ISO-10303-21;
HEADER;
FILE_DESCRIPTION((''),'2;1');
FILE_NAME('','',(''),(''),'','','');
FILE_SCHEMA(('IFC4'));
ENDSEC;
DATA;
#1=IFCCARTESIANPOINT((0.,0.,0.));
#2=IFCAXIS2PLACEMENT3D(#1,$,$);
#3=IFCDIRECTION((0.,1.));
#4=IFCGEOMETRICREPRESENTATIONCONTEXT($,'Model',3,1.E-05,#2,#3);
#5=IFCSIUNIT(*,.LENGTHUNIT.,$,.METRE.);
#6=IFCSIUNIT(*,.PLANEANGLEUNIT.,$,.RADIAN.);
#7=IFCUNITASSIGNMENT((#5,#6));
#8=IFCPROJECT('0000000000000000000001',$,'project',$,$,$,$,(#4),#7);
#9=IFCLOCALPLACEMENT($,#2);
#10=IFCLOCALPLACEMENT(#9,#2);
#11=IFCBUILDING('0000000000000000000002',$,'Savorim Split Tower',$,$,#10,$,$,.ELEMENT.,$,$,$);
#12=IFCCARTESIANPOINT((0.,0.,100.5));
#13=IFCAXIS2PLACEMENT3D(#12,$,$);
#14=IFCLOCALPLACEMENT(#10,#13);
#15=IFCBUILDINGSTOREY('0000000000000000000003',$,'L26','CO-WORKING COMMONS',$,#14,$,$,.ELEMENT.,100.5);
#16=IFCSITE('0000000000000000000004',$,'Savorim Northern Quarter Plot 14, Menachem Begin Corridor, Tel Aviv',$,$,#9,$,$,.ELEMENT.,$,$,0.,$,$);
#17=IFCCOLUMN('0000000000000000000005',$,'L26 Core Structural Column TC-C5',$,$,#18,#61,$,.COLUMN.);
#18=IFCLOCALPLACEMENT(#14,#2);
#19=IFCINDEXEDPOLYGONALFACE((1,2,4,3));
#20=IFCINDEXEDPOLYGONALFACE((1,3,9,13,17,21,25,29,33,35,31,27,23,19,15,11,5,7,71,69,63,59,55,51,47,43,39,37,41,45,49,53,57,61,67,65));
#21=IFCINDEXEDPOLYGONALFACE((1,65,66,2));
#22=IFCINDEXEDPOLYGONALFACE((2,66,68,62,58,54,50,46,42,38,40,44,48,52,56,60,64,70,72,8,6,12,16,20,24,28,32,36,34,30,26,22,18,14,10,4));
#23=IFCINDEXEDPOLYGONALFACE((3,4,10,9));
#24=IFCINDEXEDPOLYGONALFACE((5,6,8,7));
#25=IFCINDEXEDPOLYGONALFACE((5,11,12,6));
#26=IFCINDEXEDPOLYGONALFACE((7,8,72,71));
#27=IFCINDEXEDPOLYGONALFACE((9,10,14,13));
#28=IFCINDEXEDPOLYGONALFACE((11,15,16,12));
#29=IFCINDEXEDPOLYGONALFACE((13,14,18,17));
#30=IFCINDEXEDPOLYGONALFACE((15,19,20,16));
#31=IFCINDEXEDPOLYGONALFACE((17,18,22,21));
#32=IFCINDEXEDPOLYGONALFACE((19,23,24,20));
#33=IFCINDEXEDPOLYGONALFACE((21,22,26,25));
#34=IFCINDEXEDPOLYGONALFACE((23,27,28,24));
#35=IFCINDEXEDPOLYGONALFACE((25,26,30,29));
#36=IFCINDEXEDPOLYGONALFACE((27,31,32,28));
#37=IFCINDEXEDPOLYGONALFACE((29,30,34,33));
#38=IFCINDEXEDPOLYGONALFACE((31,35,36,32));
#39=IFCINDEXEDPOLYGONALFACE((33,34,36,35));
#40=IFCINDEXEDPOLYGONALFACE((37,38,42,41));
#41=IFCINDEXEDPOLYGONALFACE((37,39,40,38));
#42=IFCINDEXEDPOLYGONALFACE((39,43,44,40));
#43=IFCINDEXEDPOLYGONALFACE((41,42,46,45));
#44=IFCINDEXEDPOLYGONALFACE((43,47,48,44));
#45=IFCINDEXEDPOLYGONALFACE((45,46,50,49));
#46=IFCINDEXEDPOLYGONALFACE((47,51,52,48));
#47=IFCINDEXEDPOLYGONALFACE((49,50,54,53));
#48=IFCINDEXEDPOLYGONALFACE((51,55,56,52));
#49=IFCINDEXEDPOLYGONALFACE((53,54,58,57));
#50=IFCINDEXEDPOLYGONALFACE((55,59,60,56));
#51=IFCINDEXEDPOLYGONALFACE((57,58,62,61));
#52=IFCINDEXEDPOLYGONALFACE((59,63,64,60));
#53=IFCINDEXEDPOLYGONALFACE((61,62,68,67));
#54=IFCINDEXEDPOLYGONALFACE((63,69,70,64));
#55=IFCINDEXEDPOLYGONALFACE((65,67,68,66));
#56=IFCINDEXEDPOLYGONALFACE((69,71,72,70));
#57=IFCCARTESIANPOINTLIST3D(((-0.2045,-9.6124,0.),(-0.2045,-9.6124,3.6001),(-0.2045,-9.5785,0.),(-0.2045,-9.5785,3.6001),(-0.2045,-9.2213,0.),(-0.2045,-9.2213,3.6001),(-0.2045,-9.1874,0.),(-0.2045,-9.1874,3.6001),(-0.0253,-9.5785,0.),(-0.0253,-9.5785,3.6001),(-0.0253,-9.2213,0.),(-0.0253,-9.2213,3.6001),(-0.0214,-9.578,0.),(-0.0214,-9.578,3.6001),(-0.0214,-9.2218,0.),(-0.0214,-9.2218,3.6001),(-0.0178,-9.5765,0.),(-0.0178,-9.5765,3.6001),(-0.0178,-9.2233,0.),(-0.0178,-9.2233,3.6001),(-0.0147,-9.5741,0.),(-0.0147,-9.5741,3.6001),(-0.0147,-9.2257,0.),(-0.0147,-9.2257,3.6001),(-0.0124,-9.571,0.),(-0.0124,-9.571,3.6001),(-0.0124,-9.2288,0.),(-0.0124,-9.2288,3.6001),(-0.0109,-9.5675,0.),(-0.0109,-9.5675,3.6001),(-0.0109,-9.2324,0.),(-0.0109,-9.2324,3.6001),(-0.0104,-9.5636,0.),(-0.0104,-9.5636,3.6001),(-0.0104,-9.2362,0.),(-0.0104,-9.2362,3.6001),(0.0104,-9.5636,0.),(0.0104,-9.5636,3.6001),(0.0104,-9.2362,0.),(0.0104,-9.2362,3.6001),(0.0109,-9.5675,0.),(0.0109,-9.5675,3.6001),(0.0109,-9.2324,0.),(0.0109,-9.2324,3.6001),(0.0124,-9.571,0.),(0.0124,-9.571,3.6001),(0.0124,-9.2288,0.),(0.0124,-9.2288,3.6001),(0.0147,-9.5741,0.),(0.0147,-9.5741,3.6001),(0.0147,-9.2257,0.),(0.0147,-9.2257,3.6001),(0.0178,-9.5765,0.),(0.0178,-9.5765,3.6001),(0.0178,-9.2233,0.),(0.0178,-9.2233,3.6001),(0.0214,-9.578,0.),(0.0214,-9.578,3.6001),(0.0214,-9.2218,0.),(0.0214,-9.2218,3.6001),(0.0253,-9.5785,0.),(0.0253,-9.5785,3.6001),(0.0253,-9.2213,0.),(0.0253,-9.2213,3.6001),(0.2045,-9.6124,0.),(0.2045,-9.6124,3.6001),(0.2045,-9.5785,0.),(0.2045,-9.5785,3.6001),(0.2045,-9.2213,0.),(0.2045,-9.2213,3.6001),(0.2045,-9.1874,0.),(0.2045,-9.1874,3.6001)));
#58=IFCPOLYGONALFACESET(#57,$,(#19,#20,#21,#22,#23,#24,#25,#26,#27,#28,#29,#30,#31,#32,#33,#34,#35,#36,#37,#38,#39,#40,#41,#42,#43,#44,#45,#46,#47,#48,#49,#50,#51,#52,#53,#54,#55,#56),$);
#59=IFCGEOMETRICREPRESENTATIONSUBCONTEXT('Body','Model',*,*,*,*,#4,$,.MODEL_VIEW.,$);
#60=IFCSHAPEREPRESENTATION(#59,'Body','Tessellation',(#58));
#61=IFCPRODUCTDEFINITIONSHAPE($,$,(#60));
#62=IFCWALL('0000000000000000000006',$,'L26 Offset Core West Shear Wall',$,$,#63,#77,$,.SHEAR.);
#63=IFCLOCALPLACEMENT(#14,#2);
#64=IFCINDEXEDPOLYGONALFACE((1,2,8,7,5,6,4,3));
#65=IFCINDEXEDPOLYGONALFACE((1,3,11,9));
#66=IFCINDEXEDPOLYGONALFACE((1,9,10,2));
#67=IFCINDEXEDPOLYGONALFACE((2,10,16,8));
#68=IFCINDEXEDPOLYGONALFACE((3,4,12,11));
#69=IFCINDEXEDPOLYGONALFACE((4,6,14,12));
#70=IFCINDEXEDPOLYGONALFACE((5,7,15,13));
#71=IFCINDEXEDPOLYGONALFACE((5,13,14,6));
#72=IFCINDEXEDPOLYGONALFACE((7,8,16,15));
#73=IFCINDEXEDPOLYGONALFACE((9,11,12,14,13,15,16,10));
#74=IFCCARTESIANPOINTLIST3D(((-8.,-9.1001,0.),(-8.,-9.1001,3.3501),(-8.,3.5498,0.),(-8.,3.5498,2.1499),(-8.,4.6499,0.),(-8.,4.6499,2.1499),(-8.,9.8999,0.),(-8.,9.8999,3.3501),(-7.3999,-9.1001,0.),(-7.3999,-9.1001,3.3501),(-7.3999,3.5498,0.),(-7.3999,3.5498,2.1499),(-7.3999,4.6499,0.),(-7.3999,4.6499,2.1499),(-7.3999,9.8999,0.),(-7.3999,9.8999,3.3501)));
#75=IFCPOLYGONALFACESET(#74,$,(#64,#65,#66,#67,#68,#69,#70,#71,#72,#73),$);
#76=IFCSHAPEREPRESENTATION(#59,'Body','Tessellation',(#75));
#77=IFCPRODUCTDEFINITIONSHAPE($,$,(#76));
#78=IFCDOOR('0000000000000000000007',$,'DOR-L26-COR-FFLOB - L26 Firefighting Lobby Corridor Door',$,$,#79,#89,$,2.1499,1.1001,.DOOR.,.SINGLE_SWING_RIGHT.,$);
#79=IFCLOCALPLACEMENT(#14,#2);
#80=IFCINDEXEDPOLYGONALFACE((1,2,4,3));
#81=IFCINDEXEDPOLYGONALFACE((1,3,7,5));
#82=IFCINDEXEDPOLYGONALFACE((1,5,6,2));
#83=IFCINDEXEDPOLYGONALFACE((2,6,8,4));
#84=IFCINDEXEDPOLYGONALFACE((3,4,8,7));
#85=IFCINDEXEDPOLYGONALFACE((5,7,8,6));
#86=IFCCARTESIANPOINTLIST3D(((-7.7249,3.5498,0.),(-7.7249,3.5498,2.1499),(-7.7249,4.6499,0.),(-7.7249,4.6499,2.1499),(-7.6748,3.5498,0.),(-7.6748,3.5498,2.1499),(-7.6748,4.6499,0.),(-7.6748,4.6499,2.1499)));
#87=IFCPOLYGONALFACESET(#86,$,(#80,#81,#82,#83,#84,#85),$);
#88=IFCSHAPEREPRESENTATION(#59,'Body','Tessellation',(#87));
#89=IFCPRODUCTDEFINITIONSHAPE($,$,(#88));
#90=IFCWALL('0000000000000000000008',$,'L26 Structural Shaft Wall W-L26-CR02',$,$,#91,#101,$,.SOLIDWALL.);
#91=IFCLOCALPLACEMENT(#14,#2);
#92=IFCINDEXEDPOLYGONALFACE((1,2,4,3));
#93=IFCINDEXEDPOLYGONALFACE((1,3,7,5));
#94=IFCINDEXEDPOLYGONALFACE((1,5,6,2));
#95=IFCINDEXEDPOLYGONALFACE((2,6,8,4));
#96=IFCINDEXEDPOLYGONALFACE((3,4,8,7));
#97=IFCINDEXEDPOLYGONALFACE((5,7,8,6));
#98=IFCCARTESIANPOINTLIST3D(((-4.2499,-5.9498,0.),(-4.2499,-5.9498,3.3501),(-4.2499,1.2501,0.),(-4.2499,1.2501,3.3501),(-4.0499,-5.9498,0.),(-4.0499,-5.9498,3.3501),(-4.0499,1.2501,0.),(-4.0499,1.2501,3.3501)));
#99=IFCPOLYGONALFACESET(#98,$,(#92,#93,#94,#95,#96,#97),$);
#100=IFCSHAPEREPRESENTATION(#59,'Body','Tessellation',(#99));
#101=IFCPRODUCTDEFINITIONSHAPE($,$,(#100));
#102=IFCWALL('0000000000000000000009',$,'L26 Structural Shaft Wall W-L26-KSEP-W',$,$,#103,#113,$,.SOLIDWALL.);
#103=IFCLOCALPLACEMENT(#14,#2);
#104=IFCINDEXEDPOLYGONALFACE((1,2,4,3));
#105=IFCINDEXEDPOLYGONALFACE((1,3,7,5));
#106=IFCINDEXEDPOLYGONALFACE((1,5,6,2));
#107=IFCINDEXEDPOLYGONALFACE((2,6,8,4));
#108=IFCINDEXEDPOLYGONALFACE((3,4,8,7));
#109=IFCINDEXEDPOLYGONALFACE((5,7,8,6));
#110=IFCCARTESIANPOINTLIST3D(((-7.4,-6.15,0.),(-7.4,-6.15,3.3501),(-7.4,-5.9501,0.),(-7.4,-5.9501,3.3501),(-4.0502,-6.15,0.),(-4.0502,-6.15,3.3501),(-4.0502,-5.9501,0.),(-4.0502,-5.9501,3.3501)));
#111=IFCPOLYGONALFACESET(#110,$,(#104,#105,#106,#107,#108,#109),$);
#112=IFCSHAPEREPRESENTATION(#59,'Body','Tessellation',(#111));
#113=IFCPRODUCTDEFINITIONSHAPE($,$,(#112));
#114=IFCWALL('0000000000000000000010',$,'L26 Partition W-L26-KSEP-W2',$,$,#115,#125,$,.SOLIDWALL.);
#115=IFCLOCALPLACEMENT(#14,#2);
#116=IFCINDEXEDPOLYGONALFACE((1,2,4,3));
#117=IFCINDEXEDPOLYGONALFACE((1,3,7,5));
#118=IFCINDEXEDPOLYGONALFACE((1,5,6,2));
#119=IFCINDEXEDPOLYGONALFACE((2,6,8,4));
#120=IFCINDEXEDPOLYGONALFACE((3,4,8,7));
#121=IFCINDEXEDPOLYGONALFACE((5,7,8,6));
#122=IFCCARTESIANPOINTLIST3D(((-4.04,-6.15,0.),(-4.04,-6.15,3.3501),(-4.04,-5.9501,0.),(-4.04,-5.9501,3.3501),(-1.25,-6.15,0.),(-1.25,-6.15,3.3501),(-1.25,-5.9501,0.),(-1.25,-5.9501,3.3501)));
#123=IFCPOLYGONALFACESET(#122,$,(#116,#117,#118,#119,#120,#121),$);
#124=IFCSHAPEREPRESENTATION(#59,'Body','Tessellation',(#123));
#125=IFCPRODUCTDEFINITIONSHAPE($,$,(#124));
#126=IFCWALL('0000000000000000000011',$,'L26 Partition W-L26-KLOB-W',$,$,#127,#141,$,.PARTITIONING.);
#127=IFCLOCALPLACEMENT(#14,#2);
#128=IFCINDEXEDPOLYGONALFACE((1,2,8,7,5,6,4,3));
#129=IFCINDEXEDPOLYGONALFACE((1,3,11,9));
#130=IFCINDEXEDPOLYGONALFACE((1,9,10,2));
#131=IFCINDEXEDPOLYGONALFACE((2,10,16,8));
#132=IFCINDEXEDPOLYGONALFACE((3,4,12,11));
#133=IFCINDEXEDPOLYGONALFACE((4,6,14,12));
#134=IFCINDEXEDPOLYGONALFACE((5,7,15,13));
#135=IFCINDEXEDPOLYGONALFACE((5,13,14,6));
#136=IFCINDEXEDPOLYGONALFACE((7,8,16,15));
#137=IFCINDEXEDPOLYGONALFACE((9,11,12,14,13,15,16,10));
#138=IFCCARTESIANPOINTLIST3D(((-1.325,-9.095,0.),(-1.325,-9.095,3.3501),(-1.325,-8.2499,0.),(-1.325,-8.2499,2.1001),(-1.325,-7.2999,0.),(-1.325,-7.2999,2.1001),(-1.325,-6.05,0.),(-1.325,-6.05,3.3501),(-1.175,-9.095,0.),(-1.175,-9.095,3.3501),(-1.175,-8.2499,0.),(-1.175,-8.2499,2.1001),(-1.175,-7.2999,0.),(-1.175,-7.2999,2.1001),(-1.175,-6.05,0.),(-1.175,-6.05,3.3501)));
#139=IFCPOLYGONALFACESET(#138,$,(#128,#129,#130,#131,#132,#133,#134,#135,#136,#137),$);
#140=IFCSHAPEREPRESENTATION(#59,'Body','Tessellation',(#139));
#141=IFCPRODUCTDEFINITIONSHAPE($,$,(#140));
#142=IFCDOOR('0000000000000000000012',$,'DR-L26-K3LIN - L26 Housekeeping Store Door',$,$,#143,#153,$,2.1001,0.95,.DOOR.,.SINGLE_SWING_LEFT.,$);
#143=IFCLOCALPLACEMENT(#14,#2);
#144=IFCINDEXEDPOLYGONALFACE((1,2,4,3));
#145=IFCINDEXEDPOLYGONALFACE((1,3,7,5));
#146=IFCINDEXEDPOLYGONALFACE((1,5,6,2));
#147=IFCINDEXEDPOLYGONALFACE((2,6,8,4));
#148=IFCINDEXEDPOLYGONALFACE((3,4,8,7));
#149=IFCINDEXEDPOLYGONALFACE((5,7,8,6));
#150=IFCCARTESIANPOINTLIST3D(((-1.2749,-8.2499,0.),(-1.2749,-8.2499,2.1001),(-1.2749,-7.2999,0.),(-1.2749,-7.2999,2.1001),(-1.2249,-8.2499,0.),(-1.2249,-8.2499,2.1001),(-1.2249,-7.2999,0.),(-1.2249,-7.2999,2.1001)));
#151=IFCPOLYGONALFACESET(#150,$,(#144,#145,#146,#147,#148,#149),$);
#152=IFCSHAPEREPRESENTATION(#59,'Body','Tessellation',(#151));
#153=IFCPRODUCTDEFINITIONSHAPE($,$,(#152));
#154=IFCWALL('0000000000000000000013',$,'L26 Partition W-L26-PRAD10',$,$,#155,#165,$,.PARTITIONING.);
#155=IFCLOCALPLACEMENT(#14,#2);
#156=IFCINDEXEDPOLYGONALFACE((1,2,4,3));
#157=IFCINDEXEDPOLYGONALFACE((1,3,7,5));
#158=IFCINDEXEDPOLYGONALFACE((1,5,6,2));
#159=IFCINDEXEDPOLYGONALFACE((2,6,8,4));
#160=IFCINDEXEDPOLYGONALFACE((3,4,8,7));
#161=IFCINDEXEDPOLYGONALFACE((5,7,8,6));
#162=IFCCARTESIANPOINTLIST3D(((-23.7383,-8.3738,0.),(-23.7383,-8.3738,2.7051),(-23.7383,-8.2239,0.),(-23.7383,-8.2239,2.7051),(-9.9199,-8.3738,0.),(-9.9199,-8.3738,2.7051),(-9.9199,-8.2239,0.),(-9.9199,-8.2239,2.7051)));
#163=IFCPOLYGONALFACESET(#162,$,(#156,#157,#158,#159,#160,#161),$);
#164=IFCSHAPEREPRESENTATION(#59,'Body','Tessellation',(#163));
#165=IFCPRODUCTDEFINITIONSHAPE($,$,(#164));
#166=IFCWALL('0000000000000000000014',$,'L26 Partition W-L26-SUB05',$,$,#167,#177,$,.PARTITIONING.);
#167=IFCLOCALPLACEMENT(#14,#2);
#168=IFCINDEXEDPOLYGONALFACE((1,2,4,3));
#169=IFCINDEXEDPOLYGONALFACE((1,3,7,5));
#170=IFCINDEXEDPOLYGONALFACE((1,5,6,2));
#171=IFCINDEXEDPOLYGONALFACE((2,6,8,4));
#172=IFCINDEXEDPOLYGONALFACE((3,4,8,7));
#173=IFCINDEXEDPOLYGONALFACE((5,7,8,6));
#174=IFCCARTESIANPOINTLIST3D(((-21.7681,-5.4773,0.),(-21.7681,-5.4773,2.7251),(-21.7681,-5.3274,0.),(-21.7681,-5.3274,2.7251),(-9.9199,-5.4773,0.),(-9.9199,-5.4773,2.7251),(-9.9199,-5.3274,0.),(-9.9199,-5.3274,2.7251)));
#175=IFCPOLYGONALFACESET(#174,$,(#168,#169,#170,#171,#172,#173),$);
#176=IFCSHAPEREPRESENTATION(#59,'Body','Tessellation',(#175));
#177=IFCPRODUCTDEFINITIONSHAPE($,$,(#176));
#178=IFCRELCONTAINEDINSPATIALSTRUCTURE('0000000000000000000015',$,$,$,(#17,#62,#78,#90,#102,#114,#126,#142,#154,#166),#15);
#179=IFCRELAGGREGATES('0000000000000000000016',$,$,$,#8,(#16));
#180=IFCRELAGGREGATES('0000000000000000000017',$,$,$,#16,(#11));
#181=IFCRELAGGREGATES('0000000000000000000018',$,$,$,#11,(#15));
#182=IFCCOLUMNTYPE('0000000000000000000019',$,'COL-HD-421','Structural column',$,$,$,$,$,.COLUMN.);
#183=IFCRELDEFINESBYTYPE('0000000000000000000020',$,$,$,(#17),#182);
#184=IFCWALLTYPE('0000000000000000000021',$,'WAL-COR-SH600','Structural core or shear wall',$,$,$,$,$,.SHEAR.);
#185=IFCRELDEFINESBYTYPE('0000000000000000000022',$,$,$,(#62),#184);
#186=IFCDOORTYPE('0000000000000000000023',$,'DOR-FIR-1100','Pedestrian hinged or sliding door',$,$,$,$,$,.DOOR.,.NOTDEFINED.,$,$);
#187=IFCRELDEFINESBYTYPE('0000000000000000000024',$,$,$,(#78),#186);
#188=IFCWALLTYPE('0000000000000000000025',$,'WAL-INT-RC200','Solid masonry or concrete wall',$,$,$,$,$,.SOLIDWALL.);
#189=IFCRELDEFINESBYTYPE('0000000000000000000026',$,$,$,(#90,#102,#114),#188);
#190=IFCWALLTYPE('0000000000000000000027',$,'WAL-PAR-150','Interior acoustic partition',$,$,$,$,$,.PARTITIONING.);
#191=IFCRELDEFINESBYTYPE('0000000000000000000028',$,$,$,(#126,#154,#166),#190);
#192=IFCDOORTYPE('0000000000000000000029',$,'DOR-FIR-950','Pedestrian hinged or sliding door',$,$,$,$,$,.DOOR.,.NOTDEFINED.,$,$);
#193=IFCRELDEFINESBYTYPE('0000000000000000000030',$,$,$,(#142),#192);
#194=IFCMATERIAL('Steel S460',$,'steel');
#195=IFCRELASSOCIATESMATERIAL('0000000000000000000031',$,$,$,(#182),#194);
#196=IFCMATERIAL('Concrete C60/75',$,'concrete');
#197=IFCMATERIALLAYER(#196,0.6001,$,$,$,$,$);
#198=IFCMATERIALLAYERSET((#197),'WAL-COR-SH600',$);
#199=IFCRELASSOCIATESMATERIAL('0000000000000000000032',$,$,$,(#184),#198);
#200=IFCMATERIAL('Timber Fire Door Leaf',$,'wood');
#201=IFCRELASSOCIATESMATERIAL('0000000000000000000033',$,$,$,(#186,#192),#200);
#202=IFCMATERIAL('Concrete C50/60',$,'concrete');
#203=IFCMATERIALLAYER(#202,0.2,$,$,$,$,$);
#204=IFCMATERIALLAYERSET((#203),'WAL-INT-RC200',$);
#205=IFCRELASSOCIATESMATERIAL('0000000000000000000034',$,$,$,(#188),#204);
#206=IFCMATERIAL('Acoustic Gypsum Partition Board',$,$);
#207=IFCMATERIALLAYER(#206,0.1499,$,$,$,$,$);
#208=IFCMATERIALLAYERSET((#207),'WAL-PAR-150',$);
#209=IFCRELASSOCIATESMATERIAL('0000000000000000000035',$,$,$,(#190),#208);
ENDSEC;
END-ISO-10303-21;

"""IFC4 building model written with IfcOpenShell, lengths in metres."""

from ifc_helpers import new_model, si_unit, direction, frame, frame_2d, origin, origin_2d, place, context, subcontext, project, spatial, rectangle, i_section, extrude, material, layer, layer_set, material_profile, profile_set, type_object, element, fill, save


model = new_model("IFC4")

# Units and contexts
model_context = context("Model", 3, precision=1e-05, world=origin(), true_north=direction((0.0, 1.0)))
body_context = subcontext(model_context, "Body", "Model", "MODEL_VIEW")
ifc_project = project(units=[si_unit("LENGTHUNIT", "METRE"), si_unit("PLANEANGLEUNIT", "RADIAN")], contexts=[model_context])

# Site, building, storey
site_placement = place(None, origin())
site = spatial("IfcSite", under=ifc_project, at=site_placement, Name="Savorim Northern Quarter Plot 14, Menachem Begin Corridor, Tel Aviv", CompositionType="ELEMENT", RefElevation=0.0)
building_placement = place(site_placement, origin())
building = spatial("IfcBuilding", under=site, at=building_placement, Name="Savorim Split Tower", CompositionType="ELEMENT")
storey_placement = place(building_placement, frame((0.0, 0.0, 100.5)))
storey = spatial("IfcBuildingStorey", under=building, at=storey_placement, Name="L26", Description="CO-WORKING COMMONS", CompositionType="ELEMENT", Elevation=100.5)

# Column
ifc_material_1 = material(Name="Steel S460", Category="steel")
ifc_material_profile = material_profile(ifc_material_1, i_section(OverallWidth=0.4089, OverallDepth=0.425, WebThickness=0.0208, FlangeThickness=0.0339, FilletRadius=0.0149, at=origin_2d()), Name="HD 400x421")
ifc_profile_set = profile_set([ifc_material_profile], Name="Steel S460")
column_type = type_object("IfcColumnType", Name="COL-HD-421", Description="Structural column", PredefinedType="COLUMN", material=ifc_profile_set)
column_placement = place(storey_placement, frame((0.0, -9.3999, 0.0), z_axis=(0.0, 0.0, 1.0), x_axis=(1.0, 0.0, 0.0)))
element("IfcColumn", 1, at=column_placement, inside=storey, type_object=column_type, Name="L26 Core Structural Column TC-C5", PredefinedType="COLUMN", context=body_context, shape_type="SweptSolid", body=[
    extrude(i_section(OverallWidth=0.4089, OverallDepth=0.425, WebThickness=0.0208, FlangeThickness=0.0339, FilletRadius=0.0149, at=origin_2d()), origin(), (0.0, 0.0, 1.0), 3.6001),
])

# Wall, opening, door
ifc_material_2 = material(Name="Concrete C60/75", Category="concrete")
ifc_layer_1 = layer(ifc_material_2, 0.6001)
ifc_layer_set_1 = layer_set([ifc_layer_1], Name="WAL-COR-SH600")
wall_type_1 = type_object("IfcWallType", Name="WAL-COR-SH600", Description="Structural core or shear wall", PredefinedType="SHEAR", material=ifc_layer_set_1)
wall_1_placement = place(storey_placement, frame((-7.7, -9.1001, 0.0), z_axis=(0.0, 0.0, 1.0), x_axis=(0.0, 1.0, 0.0)))
wall_1 = element("IfcWall", 2, at=wall_1_placement, inside=storey, type_object=wall_type_1, Name="L26 Offset Core West Shear Wall", PredefinedType="SHEAR", context=body_context, shape_type="SweptSolid", body=[
    extrude(rectangle(XDim=19.0, YDim=0.6001, at=frame_2d((9.5, 0.0))), origin(), (0.0, 0.0, 1.0), 3.3501),
])
opening_1_placement = place(wall_1_placement, frame((12.6499, 0.0, 0.0)))
opening_1 = element("IfcOpeningElement", 3, at=opening_1_placement, cuts=wall_1, PredefinedType="OPENING", context=body_context, shape_type="SweptSolid", body=[
    extrude(rectangle(XDim=1.1001, YDim=2.1499, at=frame_2d((0.55, 1.075))), frame((0.0, 0.3101, 0.0), z_axis=(0.0, -1.0, 0.0), x_axis=(1.0, 0.0, 0.0)), (0.0, 0.0, 1.0), 0.6201),
])
ifc_material_3 = material(Name="Timber Fire Door Leaf", Category="wood")
door_type_1 = type_object("IfcDoorType", Name="DOR-FIR-1100", Description="Pedestrian hinged or sliding door", OperationType="NOTDEFINED", PredefinedType="DOOR", material=ifc_material_3)
door_1_placement = place(opening_1_placement, origin())
door_1 = element("IfcDoor", 4, at=door_1_placement, inside=storey, type_object=door_type_1, Name="DOR-L26-COR-FFLOB - L26 Firefighting Lobby Corridor Door", OperationType="SINGLE_SWING_RIGHT", OverallHeight=2.1499, OverallWidth=1.1001, PredefinedType="DOOR", context=body_context, shape_type="SweptSolid", body=[
    extrude(rectangle(XDim=1.1001, YDim=2.1499, at=frame_2d((0.55, 1.075))), frame((0.0, 0.0249, 0.0), z_axis=(0.0, -1.0, 0.0), x_axis=(1.0, 0.0, 0.0)), (0.0, 0.0, 1.0), 0.05),
])
fill(opening_1, door_1)

# Wall
ifc_material_4 = material(Name="Concrete C50/60", Category="concrete")
ifc_layer_2 = layer(ifc_material_4, 0.2)
ifc_layer_set_2 = layer_set([ifc_layer_2], Name="WAL-INT-RC200")
wall_type_2 = type_object("IfcWallType", Name="WAL-INT-RC200", Description="Solid masonry or concrete wall", PredefinedType="SOLIDWALL", material=ifc_layer_set_2)
wall_2_placement = place(storey_placement, frame((-4.1499, -5.95, 0.0), z_axis=(0.0, 0.0, 1.0), x_axis=(0.0, 1.0, 0.0)))
element("IfcWall", 5, at=wall_2_placement, inside=storey, type_object=wall_type_2, Name="L26 Structural Shaft Wall W-L26-CR02", PredefinedType="SOLIDWALL", context=body_context, shape_type="SweptSolid", body=[
    extrude(rectangle(XDim=7.2, YDim=0.2, at=frame_2d((3.6001, 0.0))), origin(), (0.0, 0.0, 1.0), 3.3501),
])

# Walls
wall_3_placement = place(storey_placement, frame((-7.3999, -6.05, 0.0), z_axis=(0.0, 0.0, 1.0), x_axis=(1.0, 0.0, 0.0)))
element("IfcWall", 6, at=wall_3_placement, inside=storey, type_object=wall_type_2, Name="L26 Structural Shaft Wall W-L26-KSEP-W", PredefinedType="SOLIDWALL", context=body_context, shape_type="SweptSolid", body=[
    extrude(rectangle(XDim=3.3499, YDim=0.2, at=frame_2d((1.6748, 0.0))), origin(), (0.0, 0.0, 1.0), 3.3501),
])
wall_4_placement = place(storey_placement, frame((-4.04, -6.05, 0.0), z_axis=(0.0, 0.0, 1.0), x_axis=(1.0, 0.0, 0.0)))
element("IfcWall", 7, at=wall_4_placement, inside=storey, type_object=wall_type_2, Name="L26 Partition W-L26-KSEP-W2", PredefinedType="SOLIDWALL", context=body_context, shape_type="SweptSolid", body=[
    extrude(rectangle(XDim=2.79, YDim=0.2, at=frame_2d((1.395, 0.0))), origin(), (0.0, 0.0, 1.0), 3.3501),
])

# Wall, opening, door
ifc_material_5 = material(Name="Acoustic Gypsum Partition Board")
ifc_layer_3 = layer(ifc_material_5, 0.1499)
ifc_layer_set_3 = layer_set([ifc_layer_3], Name="WAL-PAR-150")
wall_type_3 = type_object("IfcWallType", Name="WAL-PAR-150", Description="Interior acoustic partition", PredefinedType="PARTITIONING", material=ifc_layer_set_3)
wall_5_placement = place(storey_placement, frame((-1.25, -9.095, 0.0), z_axis=(0.0, 0.0, 1.0), x_axis=(0.0, 1.0, 0.0)))
wall_5 = element("IfcWall", 8, at=wall_5_placement, inside=storey, type_object=wall_type_3, Name="L26 Partition W-L26-KLOB-W", PredefinedType="PARTITIONING", context=body_context, shape_type="SweptSolid", body=[
    extrude(rectangle(XDim=3.0449, YDim=0.1499, at=frame_2d((1.5225, 0.0))), origin(), (0.0, 0.0, 1.0), 3.3501),
])
opening_2_placement = place(wall_5_placement, frame((0.845, 0.0, 0.0)))
opening_2 = element("IfcOpeningElement", 9, at=opening_2_placement, cuts=wall_5, PredefinedType="OPENING", context=body_context, shape_type="SweptSolid", body=[
    extrude(rectangle(XDim=0.95, YDim=2.1001, at=frame_2d((0.4751, 1.05))), frame((0.0, 0.085, 0.0), z_axis=(0.0, -1.0, 0.0), x_axis=(1.0, 0.0, 0.0)), (0.0, 0.0, 1.0), 0.1699),
])
door_type_2 = type_object("IfcDoorType", Name="DOR-FIR-950", Description="Pedestrian hinged or sliding door", OperationType="NOTDEFINED", PredefinedType="DOOR", material=ifc_material_3)
door_2_placement = place(opening_2_placement, origin())
door_2 = element("IfcDoor", 10, at=door_2_placement, inside=storey, type_object=door_type_2, Name="DR-L26-K3LIN - L26 Housekeeping Store Door", OperationType="SINGLE_SWING_LEFT", OverallHeight=2.1001, OverallWidth=0.95, PredefinedType="DOOR", context=body_context, shape_type="SweptSolid", body=[
    extrude(rectangle(XDim=0.95, YDim=2.1001, at=frame_2d((0.4751, 1.05))), frame((0.0, 0.0249, 0.0), z_axis=(0.0, -1.0, 0.0), x_axis=(1.0, 0.0, 0.0)), (0.0, 0.0, 1.0), 0.05),
])
fill(opening_2, door_2)

# Walls
wall_6_placement = place(storey_placement, frame((-9.9199, -8.2988, 0.0), z_axis=(0.0, 0.0, 1.0), x_axis=(-1.0, 0.0, 0.0)))
element("IfcWall", 11, at=wall_6_placement, inside=storey, type_object=wall_type_3, Name="L26 Partition W-L26-PRAD10", PredefinedType="PARTITIONING", context=body_context, shape_type="SweptSolid", body=[
    extrude(rectangle(XDim=13.8184, YDim=0.1499, at=frame_2d((6.9092, 0.0))), origin(), (0.0, 0.0, 1.0), 2.7051),
])
wall_7_placement = place(storey_placement, frame((-9.9199, -5.4023, 0.0), z_axis=(0.0, 0.0, 1.0), x_axis=(-1.0, 0.0, 0.0)))
element("IfcWall", 12, at=wall_7_placement, inside=storey, type_object=wall_type_3, Name="L26 Partition W-L26-SUB05", PredefinedType="PARTITIONING", context=body_context, shape_type="SweptSolid", body=[
    extrude(rectangle(XDim=11.8481, YDim=0.1499, at=frame_2d((5.9241, 0.0))), origin(), (0.0, 0.0, 1.0), 2.7251),
])

save(model, "model.ifc")
